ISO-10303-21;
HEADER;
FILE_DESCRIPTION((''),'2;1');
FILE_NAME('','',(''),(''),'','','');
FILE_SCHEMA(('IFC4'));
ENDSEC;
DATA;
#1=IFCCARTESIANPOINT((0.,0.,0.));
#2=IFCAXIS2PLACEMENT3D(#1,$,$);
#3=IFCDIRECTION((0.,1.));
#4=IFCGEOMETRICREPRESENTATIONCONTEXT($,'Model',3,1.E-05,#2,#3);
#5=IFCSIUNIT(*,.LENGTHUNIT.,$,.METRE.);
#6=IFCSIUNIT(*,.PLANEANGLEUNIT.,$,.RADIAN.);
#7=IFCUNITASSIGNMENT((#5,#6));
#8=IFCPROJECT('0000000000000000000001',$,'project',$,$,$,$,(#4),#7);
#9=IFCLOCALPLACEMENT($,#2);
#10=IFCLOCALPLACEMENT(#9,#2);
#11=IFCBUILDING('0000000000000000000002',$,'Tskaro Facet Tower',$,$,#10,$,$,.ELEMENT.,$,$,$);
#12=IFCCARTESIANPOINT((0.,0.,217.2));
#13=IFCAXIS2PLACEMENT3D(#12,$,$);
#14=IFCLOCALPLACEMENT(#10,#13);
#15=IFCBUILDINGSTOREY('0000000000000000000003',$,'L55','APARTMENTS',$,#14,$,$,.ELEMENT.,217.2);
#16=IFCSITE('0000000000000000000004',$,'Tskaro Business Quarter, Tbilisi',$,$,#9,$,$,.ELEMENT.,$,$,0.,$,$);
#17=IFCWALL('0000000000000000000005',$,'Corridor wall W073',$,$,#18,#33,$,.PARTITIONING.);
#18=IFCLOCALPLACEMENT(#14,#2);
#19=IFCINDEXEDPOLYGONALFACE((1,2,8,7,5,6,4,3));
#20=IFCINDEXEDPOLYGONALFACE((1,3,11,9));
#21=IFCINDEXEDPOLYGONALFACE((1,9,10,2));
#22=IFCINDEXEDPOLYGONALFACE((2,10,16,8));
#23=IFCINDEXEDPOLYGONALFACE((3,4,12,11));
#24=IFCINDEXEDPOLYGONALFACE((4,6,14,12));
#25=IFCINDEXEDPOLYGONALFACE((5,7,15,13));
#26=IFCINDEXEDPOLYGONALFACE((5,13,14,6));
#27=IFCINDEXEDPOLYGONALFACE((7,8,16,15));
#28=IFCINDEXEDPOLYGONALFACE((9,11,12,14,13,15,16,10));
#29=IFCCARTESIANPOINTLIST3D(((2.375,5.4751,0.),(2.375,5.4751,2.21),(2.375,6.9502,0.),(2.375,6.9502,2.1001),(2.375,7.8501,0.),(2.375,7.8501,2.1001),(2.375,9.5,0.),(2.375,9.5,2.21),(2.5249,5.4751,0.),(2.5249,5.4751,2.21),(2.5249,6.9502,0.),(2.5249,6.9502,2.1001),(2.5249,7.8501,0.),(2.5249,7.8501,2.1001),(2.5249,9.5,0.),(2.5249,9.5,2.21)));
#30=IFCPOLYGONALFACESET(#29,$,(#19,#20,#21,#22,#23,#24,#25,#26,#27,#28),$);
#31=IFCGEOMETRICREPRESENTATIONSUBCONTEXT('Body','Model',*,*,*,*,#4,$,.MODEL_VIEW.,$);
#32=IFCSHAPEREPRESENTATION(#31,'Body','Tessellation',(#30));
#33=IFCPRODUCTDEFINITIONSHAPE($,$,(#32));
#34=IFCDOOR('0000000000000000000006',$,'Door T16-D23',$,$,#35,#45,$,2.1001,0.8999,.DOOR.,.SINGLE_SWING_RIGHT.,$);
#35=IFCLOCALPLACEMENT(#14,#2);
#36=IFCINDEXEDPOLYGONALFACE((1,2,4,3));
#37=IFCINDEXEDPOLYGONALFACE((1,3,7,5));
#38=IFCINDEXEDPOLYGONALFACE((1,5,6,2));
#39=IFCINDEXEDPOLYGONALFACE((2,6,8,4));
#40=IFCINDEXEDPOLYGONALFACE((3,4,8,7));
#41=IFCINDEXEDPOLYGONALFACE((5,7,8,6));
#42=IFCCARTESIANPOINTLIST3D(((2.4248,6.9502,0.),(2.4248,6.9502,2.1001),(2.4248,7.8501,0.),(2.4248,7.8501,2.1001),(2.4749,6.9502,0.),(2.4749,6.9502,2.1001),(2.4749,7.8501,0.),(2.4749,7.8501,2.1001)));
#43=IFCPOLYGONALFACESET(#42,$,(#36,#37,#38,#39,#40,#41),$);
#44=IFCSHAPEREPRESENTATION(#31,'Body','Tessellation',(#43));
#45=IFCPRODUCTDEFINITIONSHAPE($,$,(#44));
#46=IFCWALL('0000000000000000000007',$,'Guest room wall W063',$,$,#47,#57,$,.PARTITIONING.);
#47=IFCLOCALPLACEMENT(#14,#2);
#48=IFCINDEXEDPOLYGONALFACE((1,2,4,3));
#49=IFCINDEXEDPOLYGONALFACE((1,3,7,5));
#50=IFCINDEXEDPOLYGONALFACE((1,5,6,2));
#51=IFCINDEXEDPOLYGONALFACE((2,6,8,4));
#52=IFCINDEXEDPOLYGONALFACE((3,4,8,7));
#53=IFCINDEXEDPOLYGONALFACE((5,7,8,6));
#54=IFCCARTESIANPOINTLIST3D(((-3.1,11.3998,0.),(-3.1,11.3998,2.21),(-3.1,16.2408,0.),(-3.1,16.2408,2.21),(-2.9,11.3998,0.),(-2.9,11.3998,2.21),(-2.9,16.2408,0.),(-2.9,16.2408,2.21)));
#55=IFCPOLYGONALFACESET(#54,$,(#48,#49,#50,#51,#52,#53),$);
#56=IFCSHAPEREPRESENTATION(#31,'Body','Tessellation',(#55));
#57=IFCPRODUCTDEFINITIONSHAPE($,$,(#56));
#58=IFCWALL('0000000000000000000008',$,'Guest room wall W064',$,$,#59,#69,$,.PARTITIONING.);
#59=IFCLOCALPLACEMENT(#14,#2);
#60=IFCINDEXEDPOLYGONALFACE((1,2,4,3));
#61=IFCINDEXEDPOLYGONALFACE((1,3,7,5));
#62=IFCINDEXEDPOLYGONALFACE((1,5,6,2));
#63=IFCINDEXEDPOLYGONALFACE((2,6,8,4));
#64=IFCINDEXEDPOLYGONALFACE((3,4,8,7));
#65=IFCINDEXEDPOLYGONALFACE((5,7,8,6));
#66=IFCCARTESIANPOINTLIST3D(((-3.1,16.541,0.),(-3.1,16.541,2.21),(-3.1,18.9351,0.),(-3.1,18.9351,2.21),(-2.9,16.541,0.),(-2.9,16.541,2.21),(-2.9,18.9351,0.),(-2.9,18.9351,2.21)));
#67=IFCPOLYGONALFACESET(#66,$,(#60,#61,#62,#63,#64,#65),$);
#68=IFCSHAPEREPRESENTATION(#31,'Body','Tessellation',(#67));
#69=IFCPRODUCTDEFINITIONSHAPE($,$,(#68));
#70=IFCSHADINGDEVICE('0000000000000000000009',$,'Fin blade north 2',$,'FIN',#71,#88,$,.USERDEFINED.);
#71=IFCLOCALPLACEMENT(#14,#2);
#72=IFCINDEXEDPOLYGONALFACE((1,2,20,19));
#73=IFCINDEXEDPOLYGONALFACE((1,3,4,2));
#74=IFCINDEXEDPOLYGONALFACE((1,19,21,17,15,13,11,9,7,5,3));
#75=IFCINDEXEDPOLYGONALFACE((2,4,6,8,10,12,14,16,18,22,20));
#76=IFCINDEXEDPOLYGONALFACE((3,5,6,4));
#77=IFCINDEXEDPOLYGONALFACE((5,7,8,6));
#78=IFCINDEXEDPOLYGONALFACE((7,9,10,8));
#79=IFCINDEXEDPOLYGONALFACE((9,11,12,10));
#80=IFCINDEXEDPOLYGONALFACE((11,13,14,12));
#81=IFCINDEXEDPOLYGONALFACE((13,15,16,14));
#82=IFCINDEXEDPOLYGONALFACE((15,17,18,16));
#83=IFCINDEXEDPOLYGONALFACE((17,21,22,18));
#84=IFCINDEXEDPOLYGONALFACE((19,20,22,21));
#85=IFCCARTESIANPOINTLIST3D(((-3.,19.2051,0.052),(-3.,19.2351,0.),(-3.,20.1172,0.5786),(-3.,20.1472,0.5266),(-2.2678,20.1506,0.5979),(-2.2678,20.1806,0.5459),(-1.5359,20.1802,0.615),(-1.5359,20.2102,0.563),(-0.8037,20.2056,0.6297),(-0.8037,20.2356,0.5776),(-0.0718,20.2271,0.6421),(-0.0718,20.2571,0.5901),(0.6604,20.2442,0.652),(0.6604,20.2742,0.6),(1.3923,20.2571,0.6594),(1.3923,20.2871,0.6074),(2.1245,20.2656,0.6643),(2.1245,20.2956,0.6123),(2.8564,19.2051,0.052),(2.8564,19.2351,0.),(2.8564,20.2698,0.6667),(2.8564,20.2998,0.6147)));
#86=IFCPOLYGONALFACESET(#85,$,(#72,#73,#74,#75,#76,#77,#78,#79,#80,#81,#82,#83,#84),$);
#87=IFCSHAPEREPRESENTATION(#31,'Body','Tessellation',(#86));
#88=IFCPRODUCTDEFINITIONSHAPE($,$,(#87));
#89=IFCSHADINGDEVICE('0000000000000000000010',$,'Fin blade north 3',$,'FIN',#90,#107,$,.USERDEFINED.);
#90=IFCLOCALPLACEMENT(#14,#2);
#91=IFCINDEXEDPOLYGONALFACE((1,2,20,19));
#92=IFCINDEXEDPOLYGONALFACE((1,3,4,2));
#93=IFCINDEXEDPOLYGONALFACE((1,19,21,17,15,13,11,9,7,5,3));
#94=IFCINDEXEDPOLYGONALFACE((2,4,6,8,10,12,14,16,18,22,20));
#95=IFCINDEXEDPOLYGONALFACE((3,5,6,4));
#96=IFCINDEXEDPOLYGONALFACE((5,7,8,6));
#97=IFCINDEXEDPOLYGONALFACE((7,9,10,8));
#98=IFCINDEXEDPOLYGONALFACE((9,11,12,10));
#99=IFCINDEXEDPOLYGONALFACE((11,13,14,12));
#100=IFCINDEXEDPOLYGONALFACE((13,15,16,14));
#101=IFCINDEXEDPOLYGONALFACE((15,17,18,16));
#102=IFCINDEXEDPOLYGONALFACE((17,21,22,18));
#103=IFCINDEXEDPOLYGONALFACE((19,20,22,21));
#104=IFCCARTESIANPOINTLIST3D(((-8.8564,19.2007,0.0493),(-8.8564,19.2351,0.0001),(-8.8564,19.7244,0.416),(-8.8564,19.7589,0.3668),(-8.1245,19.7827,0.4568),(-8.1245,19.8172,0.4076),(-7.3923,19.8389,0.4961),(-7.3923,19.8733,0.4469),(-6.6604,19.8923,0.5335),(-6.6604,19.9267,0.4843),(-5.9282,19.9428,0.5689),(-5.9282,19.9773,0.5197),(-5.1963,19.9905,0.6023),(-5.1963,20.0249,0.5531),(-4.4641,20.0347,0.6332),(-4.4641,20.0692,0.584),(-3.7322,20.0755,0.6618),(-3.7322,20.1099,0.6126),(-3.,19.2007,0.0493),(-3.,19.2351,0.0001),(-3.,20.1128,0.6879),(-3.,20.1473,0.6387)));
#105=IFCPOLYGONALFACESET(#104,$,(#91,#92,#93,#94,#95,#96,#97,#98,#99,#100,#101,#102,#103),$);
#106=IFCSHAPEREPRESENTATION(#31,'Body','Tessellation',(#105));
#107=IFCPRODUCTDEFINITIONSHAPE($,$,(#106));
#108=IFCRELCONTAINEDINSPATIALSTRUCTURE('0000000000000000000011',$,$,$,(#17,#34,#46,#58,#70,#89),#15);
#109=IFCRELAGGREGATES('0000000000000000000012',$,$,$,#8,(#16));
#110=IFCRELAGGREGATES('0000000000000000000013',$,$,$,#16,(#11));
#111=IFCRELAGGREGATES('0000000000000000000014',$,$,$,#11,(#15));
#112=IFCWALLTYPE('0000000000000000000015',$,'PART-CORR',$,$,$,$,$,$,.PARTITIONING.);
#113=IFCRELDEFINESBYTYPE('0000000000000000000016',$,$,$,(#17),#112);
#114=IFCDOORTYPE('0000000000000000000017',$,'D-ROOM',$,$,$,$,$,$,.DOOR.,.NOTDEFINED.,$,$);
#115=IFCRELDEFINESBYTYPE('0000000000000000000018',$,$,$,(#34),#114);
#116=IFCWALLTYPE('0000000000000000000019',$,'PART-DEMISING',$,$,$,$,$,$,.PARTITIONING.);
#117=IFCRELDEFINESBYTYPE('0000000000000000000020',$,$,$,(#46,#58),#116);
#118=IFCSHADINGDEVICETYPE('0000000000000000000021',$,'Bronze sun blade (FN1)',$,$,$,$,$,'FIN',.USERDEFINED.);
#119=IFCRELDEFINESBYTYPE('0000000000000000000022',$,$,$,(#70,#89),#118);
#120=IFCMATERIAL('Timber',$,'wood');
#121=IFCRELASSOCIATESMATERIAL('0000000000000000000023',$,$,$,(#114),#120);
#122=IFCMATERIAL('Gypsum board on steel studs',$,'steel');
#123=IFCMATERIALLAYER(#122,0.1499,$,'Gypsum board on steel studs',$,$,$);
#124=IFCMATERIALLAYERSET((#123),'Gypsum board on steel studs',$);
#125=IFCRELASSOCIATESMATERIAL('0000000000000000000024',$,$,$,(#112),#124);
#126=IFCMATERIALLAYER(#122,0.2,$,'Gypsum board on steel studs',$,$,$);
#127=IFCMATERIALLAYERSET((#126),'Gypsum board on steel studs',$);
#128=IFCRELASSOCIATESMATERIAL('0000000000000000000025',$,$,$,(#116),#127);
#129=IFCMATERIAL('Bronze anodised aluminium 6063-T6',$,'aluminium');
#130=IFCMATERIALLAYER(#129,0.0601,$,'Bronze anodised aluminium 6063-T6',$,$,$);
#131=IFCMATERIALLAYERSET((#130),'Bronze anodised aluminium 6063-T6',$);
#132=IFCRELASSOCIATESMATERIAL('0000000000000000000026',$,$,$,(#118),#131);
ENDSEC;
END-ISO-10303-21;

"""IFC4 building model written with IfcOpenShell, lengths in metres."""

from ifc_helpers import new_model, si_unit, direction, frame, frame_2d, origin, place, context, subcontext, project, spatial, polyline, rectangle, outline, extrude, material, layer, layer_set, type_object, element, fill, save


model = new_model("IFC4")

# Units and contexts
model_context = context("Model", 3, precision=1e-05, world=origin(), true_north=direction((0.0, 1.0)))
body_context = subcontext(model_context, "Body", "Model", "MODEL_VIEW")
ifc_project = project(units=[si_unit("LENGTHUNIT", "METRE"), si_unit("PLANEANGLEUNIT", "RADIAN")], contexts=[model_context])

# Site, building, storey
site_placement = place(None, origin())
site = spatial("IfcSite", under=ifc_project, at=site_placement, Name="Tskaro Business Quarter, Tbilisi", CompositionType="ELEMENT", RefElevation=0.0)
building_placement = place(site_placement, origin())
building = spatial("IfcBuilding", under=site, at=building_placement, Name="Tskaro Facet Tower", CompositionType="ELEMENT")
storey_placement = place(building_placement, frame((0.0, 0.0, 217.2)))
storey = spatial("IfcBuildingStorey", under=building, at=storey_placement, Name="L55", Description="APARTMENTS", CompositionType="ELEMENT", Elevation=217.2)

# Shared definitions
ifc_material_1 = material(Name="Bronze anodised aluminium 6063-T6", Category="aluminium")

# Shared definitions
ifc_material_2 = material(Name="Gypsum board on steel studs", Category="steel")

# Shared definitions
ifc_material_3 = material(Name="Timber", Category="wood")
door_type_1 = type_object("IfcDoorType", Name="D-ROOM", OperationType="NOTDEFINED", PredefinedType="DOOR", material=ifc_material_3)

# Wall, opening, door
ifc_layer_1 = layer(ifc_material_2, 0.1499, Name="Gypsum board on steel studs")
ifc_layer_set_1 = layer_set([ifc_layer_1], Name="Gypsum board on steel studs")
wall_type_1 = type_object("IfcWallType", Name="PART-CORR", PredefinedType="PARTITIONING", material=ifc_layer_set_1)
wall_1_placement = place(storey_placement, frame((2.45, 9.5, 0.0), z_axis=(0.0, 0.0, 1.0), x_axis=(0.0, -1.0, 0.0)))
wall_1 = element("IfcWall", 1, at=wall_1_placement, inside=storey, type_object=wall_type_1, Name="Corridor wall W073", PredefinedType="PARTITIONING", context=body_context, shape_type="SweptSolid", body=[
    extrude(rectangle(XDim=4.0249, YDim=0.1499, at=frame_2d((2.0125, 0.0))), origin(), (0.0, 0.0, 1.0), 2.21),
])
opening_1_placement = place(wall_1_placement, frame((1.6499, 0.0, 0.0)))
opening_1 = element("IfcOpeningElement", 2, at=opening_1_placement, cuts=wall_1, PredefinedType="OPENING", context=body_context, shape_type="SweptSolid", body=[
    extrude(rectangle(XDim=0.8999, YDim=2.1001, at=frame_2d((0.45, 1.05))), frame((0.0, 0.085, 0.0), z_axis=(0.0, -1.0, 0.0), x_axis=(1.0, 0.0, 0.0)), (0.0, 0.0, 1.0), 0.1699),
])
door_1_placement = place(opening_1_placement, origin())
door_1 = element("IfcDoor", 3, at=door_1_placement, inside=storey, type_object=door_type_1, Name="Door T16-D23", OperationType="SINGLE_SWING_RIGHT", OverallHeight=2.1001, OverallWidth=0.8999, PredefinedType="DOOR", context=body_context, shape_type="SweptSolid", body=[
    extrude(rectangle(XDim=0.8999, YDim=2.1001, at=frame_2d((0.45, 1.05))), frame((0.0, 0.0249, 0.0), z_axis=(0.0, -1.0, 0.0), x_axis=(1.0, 0.0, 0.0)), (0.0, 0.0, 1.0), 0.05),
])
fill(opening_1, door_1)

# Walls
ifc_layer_2 = layer(ifc_material_2, 0.2, Name="Gypsum board on steel studs")
ifc_layer_set_2 = layer_set([ifc_layer_2], Name="Gypsum board on steel studs")
wall_type_2 = type_object("IfcWallType", Name="PART-DEMISING", PredefinedType="PARTITIONING", material=ifc_layer_set_2)
wall_2_placement = place(storey_placement, frame((-3.0, 11.3999, 0.0), z_axis=(0.0, 0.0, 1.0), x_axis=(0.0, 1.0, 0.0)))
element("IfcWall", 4, at=wall_2_placement, inside=storey, type_object=wall_type_2, Name="Guest room wall W063", PredefinedType="PARTITIONING", context=body_context, shape_type="SweptSolid", body=[
    extrude(rectangle(XDim=4.8411, YDim=0.2, at=frame_2d((2.4204, 0.0))), origin(), (0.0, 0.0, 1.0), 2.21),
])
wall_3_placement = place(storey_placement, frame((-3.0, 16.541, 0.0), z_axis=(0.0, 0.0, 1.0), x_axis=(0.0, 1.0, 0.0)))
element("IfcWall", 5, at=wall_3_placement, inside=storey, type_object=wall_type_2, Name="Guest room wall W064", PredefinedType="PARTITIONING", context=body_context, shape_type="SweptSolid", body=[
    extrude(rectangle(XDim=2.394, YDim=0.2, at=frame_2d((1.197, 0.0))), origin(), (0.0, 0.0, 1.0), 2.21),
])

# Shading devices
ifc_layer_3 = layer(ifc_material_1, 0.0601, Name="Bronze anodised aluminium 6063-T6")
ifc_layer_set_3 = layer_set([ifc_layer_3], Name="Bronze anodised aluminium 6063-T6")
shading_device_type = type_object("IfcShadingDeviceType", Name="Bronze sun blade (FN1)", ElementType="FIN", PredefinedType="USERDEFINED", material=ifc_layer_set_3)
shading_device_1_placement = place(storey_placement, frame((2.8564, 19.2051, 0.052), z_axis=(-0.000002, -0.500025, 0.866011), x_axis=(-1.0, 0.000001, -0.000002)))
element("IfcShadingDevice", 6, at=shading_device_1_placement, inside=storey, type_object=shading_device_type, Name="Fin blade north 2", ObjectType="FIN", PredefinedType="USERDEFINED", context=body_context, shape_type="SweptSolid", body=[
    extrude(outline(polyline([(0.0, 0.0), (5.8564, 0.0), (5.8564, -1.0532), (5.1243, -1.0918), (4.3923, -1.126), (3.6602, -1.1553), (2.9282, -1.1801), (2.196, -1.1999), (1.4641, -1.2148), (0.7319, -1.2246), (0.0, -1.2294), (0.0, 0.0)])), origin(), (0.0, 0.0, -1.0), 0.0601),
])
shading_device_2_placement = place(storey_placement, frame((-3.0, 19.2007, 0.0493), z_axis=(-0.000004, -0.573534, 0.819182), x_axis=(-1.0, 0.000003, -0.000004)))
element("IfcShadingDevice", 7, at=shading_device_2_placement, inside=storey, type_object=shading_device_type, Name="Fin blade north 3", ObjectType="FIN", PredefinedType="USERDEFINED", context=body_context, shape_type="SweptSolid", body=[
    extrude(outline(polyline([(0.0, 0.0), (5.8564, 0.0), (5.8564, -0.6393), (5.1245, -0.7105), (4.3923, -0.779), (3.6604, -0.8443), (2.9282, -0.906), (2.1963, -0.9641), (1.4641, -1.0181), (0.7322, -1.0679), (0.0, -1.1135), (0.0, 0.0)])), origin(), (0.0, 0.0, -1.0), 0.0601),
])

save(model, "model.ifc")
